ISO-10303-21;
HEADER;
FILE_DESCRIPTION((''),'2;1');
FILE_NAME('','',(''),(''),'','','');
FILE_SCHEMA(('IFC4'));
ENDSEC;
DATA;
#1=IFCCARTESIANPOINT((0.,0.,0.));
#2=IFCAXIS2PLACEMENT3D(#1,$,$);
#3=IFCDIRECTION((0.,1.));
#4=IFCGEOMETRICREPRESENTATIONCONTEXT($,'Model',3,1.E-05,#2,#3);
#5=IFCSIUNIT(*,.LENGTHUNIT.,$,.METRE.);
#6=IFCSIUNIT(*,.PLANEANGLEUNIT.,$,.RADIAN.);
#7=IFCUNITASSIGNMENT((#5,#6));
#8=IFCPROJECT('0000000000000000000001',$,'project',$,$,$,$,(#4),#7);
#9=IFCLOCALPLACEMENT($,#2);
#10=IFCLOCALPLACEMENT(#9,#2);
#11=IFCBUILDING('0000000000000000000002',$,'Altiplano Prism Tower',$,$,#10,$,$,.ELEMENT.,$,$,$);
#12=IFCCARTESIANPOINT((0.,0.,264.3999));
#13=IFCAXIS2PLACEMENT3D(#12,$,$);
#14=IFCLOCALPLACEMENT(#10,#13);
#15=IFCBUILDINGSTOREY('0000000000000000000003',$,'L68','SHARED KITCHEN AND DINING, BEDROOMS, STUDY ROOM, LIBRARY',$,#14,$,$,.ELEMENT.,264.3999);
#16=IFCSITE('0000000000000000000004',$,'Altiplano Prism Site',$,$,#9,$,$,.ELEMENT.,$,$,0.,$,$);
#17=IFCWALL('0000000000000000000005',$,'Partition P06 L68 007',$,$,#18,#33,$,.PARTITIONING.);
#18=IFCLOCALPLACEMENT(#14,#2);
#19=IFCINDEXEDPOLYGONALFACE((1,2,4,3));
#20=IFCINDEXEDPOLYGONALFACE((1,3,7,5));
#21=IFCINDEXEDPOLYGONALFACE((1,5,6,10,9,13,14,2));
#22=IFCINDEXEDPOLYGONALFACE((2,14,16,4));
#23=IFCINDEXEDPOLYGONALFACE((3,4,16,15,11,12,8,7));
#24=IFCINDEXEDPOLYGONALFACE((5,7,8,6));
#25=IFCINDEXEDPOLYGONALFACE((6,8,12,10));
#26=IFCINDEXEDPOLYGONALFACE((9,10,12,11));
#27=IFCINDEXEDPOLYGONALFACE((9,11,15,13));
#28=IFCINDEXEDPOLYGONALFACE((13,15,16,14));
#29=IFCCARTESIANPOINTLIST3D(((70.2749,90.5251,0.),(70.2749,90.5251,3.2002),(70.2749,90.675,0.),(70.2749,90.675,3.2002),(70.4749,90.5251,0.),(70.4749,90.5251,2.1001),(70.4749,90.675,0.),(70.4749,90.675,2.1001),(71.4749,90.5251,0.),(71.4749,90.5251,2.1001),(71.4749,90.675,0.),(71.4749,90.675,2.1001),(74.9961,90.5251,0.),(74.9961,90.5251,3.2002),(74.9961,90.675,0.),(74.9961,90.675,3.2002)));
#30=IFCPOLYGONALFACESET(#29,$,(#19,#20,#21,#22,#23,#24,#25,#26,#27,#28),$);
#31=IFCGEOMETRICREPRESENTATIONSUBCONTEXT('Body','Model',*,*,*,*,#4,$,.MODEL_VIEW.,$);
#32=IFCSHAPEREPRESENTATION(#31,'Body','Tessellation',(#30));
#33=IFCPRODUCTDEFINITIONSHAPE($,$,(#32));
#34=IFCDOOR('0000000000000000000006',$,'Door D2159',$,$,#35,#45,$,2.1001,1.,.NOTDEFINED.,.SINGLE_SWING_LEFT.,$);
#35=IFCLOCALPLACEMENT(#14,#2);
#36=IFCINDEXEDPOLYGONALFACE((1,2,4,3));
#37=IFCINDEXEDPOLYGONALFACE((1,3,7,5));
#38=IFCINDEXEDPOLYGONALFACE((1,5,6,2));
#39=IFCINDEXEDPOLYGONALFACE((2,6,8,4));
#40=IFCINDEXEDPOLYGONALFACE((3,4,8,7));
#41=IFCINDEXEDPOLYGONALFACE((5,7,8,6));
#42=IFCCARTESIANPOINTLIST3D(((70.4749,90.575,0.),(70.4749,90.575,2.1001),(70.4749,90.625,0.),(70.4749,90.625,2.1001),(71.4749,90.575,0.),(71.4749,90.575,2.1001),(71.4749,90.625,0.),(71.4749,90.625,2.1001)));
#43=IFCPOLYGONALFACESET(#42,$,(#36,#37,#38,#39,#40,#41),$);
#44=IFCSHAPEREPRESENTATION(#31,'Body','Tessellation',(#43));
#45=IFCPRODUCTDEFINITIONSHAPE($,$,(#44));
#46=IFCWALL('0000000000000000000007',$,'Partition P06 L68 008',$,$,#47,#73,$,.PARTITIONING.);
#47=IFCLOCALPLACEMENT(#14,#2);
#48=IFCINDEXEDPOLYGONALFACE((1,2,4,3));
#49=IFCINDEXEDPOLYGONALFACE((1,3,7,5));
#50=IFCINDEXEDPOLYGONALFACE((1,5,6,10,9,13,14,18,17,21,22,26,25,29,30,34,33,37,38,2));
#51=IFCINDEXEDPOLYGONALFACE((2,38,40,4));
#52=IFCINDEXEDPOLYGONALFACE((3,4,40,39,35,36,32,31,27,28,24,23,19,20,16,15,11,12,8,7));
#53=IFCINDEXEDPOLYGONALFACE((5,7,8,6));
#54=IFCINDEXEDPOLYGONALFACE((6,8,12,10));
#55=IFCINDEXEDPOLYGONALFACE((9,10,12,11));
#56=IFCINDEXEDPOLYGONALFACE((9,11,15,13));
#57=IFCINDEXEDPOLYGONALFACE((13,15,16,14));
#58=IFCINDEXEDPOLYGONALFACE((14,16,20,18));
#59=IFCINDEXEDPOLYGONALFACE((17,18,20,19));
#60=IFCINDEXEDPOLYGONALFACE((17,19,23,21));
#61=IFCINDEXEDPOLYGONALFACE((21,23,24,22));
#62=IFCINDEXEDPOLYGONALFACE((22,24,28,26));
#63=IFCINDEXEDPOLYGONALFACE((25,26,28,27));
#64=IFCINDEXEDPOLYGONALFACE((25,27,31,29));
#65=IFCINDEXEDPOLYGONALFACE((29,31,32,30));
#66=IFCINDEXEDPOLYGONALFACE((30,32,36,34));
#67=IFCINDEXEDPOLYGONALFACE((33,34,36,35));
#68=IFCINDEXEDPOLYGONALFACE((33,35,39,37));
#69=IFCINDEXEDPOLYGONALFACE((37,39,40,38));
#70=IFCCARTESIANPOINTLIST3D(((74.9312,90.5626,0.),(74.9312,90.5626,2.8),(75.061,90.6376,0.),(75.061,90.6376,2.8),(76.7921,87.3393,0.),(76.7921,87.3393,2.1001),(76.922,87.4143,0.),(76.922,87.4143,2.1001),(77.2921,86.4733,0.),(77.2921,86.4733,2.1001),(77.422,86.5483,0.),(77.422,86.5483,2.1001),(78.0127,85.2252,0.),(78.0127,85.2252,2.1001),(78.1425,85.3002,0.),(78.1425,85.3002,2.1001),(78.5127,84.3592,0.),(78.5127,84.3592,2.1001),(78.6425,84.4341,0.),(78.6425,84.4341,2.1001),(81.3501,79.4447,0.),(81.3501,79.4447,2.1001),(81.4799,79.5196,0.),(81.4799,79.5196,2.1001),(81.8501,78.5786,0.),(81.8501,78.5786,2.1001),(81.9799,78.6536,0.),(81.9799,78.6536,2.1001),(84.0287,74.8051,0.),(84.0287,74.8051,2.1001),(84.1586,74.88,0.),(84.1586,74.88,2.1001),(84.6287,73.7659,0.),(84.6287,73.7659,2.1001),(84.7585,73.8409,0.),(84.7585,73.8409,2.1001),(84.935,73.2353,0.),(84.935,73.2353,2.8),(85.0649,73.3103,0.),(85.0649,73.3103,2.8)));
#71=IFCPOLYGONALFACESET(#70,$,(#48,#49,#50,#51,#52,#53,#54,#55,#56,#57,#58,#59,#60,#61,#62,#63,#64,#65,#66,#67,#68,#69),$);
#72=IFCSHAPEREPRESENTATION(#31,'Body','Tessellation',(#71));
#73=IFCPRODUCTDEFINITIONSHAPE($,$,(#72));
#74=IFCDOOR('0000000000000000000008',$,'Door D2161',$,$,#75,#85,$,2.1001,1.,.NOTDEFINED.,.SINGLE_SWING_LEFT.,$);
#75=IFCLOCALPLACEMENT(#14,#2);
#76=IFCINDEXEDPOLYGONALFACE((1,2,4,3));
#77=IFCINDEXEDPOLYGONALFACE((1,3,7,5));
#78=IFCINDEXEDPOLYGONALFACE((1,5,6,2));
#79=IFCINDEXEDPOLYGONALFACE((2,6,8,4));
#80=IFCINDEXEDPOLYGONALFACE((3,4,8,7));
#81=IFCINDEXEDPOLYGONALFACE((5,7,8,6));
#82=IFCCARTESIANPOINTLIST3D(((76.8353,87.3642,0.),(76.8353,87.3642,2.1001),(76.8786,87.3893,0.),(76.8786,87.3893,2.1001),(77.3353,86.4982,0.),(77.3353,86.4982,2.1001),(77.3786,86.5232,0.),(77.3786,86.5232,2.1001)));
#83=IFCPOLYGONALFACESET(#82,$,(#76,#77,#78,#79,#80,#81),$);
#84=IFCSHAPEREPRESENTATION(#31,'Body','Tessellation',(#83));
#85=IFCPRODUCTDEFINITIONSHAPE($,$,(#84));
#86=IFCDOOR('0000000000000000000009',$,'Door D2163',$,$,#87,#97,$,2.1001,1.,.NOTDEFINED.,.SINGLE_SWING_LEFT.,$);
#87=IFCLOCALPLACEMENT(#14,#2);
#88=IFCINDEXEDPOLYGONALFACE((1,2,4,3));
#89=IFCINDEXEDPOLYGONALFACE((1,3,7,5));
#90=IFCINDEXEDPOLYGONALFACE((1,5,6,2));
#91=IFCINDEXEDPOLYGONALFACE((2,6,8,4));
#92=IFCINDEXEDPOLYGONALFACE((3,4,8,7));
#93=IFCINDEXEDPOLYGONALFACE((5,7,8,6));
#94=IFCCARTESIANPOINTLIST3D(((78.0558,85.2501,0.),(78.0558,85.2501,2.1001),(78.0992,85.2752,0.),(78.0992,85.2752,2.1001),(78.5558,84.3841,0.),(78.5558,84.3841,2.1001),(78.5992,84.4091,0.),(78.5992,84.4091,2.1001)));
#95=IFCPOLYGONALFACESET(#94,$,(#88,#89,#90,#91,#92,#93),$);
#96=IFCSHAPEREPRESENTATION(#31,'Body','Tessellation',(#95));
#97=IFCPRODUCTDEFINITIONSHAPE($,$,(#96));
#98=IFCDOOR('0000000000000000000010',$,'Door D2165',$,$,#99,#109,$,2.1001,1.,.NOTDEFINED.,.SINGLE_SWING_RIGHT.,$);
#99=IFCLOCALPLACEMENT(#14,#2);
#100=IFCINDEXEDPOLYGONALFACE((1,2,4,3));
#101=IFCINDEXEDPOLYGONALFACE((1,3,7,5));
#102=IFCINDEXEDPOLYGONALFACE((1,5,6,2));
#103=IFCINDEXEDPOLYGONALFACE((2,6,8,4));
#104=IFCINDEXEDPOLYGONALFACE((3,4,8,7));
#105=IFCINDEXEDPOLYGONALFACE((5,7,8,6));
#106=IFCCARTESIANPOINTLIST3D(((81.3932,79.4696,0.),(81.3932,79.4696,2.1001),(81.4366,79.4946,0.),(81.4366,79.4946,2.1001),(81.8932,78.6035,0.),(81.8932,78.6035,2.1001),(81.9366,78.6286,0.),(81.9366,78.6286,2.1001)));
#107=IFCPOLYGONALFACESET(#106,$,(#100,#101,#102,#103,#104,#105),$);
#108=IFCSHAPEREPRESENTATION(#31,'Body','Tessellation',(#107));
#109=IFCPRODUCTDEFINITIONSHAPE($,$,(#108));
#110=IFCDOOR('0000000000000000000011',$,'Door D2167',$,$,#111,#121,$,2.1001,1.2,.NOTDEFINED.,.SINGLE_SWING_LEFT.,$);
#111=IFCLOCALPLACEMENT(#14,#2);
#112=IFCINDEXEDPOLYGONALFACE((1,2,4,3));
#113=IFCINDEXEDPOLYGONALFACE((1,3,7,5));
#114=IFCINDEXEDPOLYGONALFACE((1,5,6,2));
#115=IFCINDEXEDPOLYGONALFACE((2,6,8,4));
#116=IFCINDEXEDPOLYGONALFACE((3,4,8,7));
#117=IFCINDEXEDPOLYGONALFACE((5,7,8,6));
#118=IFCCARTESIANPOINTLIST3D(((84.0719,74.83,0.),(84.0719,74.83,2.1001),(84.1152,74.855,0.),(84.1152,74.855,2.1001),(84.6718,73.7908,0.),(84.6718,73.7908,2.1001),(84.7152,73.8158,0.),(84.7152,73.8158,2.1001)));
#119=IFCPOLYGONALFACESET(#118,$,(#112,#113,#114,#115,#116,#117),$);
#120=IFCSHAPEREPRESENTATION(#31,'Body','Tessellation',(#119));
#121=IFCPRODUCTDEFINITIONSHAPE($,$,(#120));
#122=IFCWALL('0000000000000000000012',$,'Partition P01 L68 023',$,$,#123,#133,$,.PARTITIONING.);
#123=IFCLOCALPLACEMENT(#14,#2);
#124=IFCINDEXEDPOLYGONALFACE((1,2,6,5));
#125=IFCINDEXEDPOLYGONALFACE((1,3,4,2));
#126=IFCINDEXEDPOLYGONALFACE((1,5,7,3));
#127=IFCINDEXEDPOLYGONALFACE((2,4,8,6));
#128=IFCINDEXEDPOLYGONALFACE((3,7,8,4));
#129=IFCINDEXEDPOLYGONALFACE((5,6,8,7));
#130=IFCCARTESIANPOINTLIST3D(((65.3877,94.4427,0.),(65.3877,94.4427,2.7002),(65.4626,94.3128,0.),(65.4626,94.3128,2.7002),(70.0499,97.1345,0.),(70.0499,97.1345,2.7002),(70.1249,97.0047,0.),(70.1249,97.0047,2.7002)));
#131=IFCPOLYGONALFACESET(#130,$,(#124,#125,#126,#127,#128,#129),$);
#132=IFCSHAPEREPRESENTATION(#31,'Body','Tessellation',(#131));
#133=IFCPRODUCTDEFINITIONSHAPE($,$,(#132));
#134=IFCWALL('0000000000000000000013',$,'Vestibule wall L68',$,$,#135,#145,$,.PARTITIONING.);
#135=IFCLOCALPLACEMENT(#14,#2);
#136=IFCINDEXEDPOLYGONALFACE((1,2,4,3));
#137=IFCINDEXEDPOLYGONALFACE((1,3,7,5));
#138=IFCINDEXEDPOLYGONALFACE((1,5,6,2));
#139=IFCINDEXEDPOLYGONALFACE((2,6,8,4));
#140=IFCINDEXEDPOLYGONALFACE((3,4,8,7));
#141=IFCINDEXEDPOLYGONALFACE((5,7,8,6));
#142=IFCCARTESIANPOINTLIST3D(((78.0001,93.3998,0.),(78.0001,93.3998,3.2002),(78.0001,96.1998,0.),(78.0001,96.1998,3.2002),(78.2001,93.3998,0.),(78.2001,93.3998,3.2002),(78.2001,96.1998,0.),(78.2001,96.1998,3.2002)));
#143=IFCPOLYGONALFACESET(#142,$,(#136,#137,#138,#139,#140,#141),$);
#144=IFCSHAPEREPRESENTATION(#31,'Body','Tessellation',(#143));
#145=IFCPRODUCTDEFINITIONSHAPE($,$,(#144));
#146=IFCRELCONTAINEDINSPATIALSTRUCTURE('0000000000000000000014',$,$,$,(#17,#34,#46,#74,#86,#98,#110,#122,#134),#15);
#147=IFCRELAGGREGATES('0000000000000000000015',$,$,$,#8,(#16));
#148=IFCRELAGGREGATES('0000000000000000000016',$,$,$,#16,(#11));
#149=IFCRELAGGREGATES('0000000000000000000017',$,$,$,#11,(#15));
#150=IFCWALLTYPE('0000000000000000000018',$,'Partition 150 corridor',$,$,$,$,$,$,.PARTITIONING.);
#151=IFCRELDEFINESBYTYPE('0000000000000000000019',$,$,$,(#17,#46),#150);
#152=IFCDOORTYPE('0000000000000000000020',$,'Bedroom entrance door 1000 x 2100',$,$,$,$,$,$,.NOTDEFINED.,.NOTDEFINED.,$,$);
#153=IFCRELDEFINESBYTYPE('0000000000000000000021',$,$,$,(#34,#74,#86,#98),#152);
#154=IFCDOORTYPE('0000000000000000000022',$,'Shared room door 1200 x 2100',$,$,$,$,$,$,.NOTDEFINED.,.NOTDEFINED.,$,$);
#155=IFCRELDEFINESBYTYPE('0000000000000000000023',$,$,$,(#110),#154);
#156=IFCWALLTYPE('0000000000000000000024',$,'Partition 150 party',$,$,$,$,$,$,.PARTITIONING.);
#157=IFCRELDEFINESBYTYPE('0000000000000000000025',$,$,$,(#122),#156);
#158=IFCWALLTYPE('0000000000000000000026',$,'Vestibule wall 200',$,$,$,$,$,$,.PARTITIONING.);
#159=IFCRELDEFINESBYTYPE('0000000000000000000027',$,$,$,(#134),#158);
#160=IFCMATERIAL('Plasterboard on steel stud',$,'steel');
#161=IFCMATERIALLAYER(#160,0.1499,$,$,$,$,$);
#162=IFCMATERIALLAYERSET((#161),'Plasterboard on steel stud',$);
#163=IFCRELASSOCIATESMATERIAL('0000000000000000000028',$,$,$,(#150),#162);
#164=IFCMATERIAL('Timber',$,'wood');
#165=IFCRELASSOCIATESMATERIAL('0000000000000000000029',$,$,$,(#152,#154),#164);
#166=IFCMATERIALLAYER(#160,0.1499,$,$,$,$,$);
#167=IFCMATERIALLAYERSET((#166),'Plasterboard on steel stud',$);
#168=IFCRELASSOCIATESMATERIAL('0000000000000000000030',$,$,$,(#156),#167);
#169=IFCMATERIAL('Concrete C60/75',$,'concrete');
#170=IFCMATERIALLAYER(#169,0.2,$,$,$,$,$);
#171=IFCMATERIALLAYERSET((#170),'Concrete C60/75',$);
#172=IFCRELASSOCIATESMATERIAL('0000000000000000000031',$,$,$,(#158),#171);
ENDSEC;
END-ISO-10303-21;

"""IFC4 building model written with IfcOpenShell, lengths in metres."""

from ifc_helpers import new_model, si_unit, direction, frame, frame_2d, origin, place, context, subcontext, project, spatial, rectangle, extrude, material, layer, layer_set, type_object, element, fill, save


model = new_model("IFC4")

# Units and contexts
model_context = context("Model", 3, precision=1e-05, world=origin(), true_north=direction((0.0, 1.0)))
body_context = subcontext(model_context, "Body", "Model", "MODEL_VIEW")
ifc_project = project(units=[si_unit("LENGTHUNIT", "METRE"), si_unit("PLANEANGLEUNIT", "RADIAN")], contexts=[model_context])

# Site, building, storey
site_placement = place(None, origin())
site = spatial("IfcSite", under=ifc_project, at=site_placement, Name="Altiplano Prism Site", CompositionType="ELEMENT", RefElevation=0.0)
building_placement = place(site_placement, origin())
building = spatial("IfcBuilding", under=site, at=building_placement, Name="Altiplano Prism Tower", CompositionType="ELEMENT")
storey_placement = place(building_placement, frame((0.0, 0.0, 264.3999)))
storey = spatial("IfcBuildingStorey", under=building, at=storey_placement, Name="L68", Description="SHARED KITCHEN AND DINING, BEDROOMS, STUDY ROOM, LIBRARY", CompositionType="ELEMENT", Elevation=264.3999)

# Shared definitions
ifc_material_1 = material(Name="Concrete C60/75", Category="concrete")

# Wall, opening, door
ifc_material_2 = material(Name="Plasterboard on steel stud", Category="steel")
ifc_layer_1 = layer(ifc_material_2, 0.1499)
ifc_layer_set_1 = layer_set([ifc_layer_1], Name="Plasterboard on steel stud")
wall_type_1 = type_object("IfcWallType", Name="Partition 150 corridor", PredefinedType="PARTITIONING", material=ifc_layer_set_1)
wall_1_placement = place(storey_placement, frame((70.2749, 90.6001, 0.0), z_axis=(0.0, 0.0, 1.0), x_axis=(1.0, 0.0, 0.0)))
wall_1 = element("IfcWall", 1, at=wall_1_placement, inside=storey, type_object=wall_type_1, Name="Partition P06 L68 007", PredefinedType="PARTITIONING", context=body_context, shape_type="SweptSolid", body=[
    extrude(rectangle(XDim=4.7212, YDim=0.1499, at=frame_2d((2.3606, 0.0))), origin(), (0.0, 0.0, 1.0), 3.2002),
])
opening_1_placement = place(wall_1_placement, frame((0.2, 0.0, 0.0)))
opening_1 = element("IfcOpeningElement", 2, at=opening_1_placement, cuts=wall_1, PredefinedType="OPENING", context=body_context, shape_type="SweptSolid", body=[
    extrude(rectangle(XDim=1.0, YDim=2.1001, at=frame_2d((0.5, 1.05))), frame((0.0, 0.0854, 0.0), z_axis=(0.0, -1.0, 0.0), x_axis=(1.0, 0.0, 0.0)), (0.0, 0.0, 1.0), 0.1709),
])
ifc_material_3 = material(Name="Timber", Category="wood")
door_type_1 = type_object("IfcDoorType", Name="Bedroom entrance door 1000 x 2100", OperationType="NOTDEFINED", PredefinedType="NOTDEFINED", material=ifc_material_3)
door_1_placement = place(opening_1_placement, origin())
door_1 = element("IfcDoor", 3, at=door_1_placement, inside=storey, type_object=door_type_1, Name="Door D2159", OperationType="SINGLE_SWING_LEFT", OverallHeight=2.1001, OverallWidth=1.0, PredefinedType="NOTDEFINED", context=body_context, shape_type="SweptSolid", body=[
    extrude(rectangle(XDim=1.0, YDim=2.1001, at=frame_2d((0.5, 1.05))), frame((0.0, 0.0249, 0.0), z_axis=(0.0, -1.0, 0.0), x_axis=(1.0, 0.0, 0.0)), (0.0, 0.0, 1.0), 0.05),
])
fill(opening_1, door_1)

# Wall, openings, doors
wall_2_placement = place(storey_placement, frame((74.9961, 90.6001, 0.0), z_axis=(0.0, 0.0, 1.0), x_axis=(0.499997, -0.866027, 0.0)))
wall_2 = element("IfcWall", 4, at=wall_2_placement, inside=storey, type_object=wall_type_1, Name="Partition P06 L68 008", PredefinedType="PARTITIONING", context=body_context, shape_type="SweptSolid", body=[
    extrude(rectangle(XDim=20.0078, YDim=0.1499, at=frame_2d((10.0039, 0.0))), origin(), (0.0, 0.0, 1.0), 2.8),
])
opening_2_placement = place(wall_2_placement, frame((3.7219, 0.0, 0.0)))
opening_2 = element("IfcOpeningElement", 5, at=opening_2_placement, cuts=wall_2, PredefinedType="OPENING", context=body_context, shape_type="SweptSolid", body=[
    extrude(rectangle(XDim=1.0, YDim=2.1001, at=frame_2d((0.5, 1.05))), frame((0.0, 0.0854, 0.0), z_axis=(0.0, -1.0, 0.0), x_axis=(1.0, 0.0, 0.0)), (0.0, 0.0, 1.0), 0.1709),
])
opening_3_placement = place(wall_2_placement, frame((6.1631, 0.0, 0.0)))
opening_3 = element("IfcOpeningElement", 6, at=opening_3_placement, cuts=wall_2, PredefinedType="OPENING", context=body_context, shape_type="SweptSolid", body=[
    extrude(rectangle(XDim=1.0, YDim=2.1001, at=frame_2d((0.5, 1.05))), frame((0.0, 0.0854, 0.0), z_axis=(0.0, -1.0, 0.0), x_axis=(1.0, 0.0, 0.0)), (0.0, 0.0, 1.0), 0.1709),
])
opening_4_placement = place(wall_2_placement, frame((12.8379, 0.0, 0.0)))
opening_4 = element("IfcOpeningElement", 7, at=opening_4_placement, cuts=wall_2, PredefinedType="OPENING", context=body_context, shape_type="SweptSolid", body=[
    extrude(rectangle(XDim=1.0, YDim=2.1001, at=frame_2d((0.5, 1.05))), frame((0.0, 0.0854, 0.0), z_axis=(0.0, -1.0, 0.0), x_axis=(1.0, 0.0, 0.0)), (0.0, 0.0, 1.0), 0.1709),
])
opening_5_placement = place(wall_2_placement, frame((18.1951, 0.0, 0.0)))
opening_5 = element("IfcOpeningElement", 8, at=opening_5_placement, cuts=wall_2, PredefinedType="OPENING", context=body_context, shape_type="SweptSolid", body=[
    extrude(rectangle(XDim=1.2, YDim=2.1001, at=frame_2d((0.6001, 1.05))), frame((0.0, 0.0854, 0.0), z_axis=(0.0, -1.0, 0.0), x_axis=(1.0, 0.0, 0.0)), (0.0, 0.0, 1.0), 0.1709),
])
door_2_placement = place(opening_2_placement, origin())
door_2 = element("IfcDoor", 9, at=door_2_placement, inside=storey, type_object=door_type_1, Name="Door D2161", OperationType="SINGLE_SWING_LEFT", OverallHeight=2.1001, OverallWidth=1.0, PredefinedType="NOTDEFINED", context=body_context, shape_type="SweptSolid", body=[
    extrude(rectangle(XDim=1.0, YDim=2.1001, at=frame_2d((0.5, 1.05))), frame((0.0, 0.0249, 0.0), z_axis=(0.0, -1.0, 0.0), x_axis=(1.0, 0.0, 0.0)), (0.0, 0.0, 1.0), 0.05),
])
fill(opening_2, door_2)
door_3_placement = place(opening_3_placement, origin())
door_3 = element("IfcDoor", 10, at=door_3_placement, inside=storey, type_object=door_type_1, Name="Door D2163", OperationType="SINGLE_SWING_LEFT", OverallHeight=2.1001, OverallWidth=1.0, PredefinedType="NOTDEFINED", context=body_context, shape_type="SweptSolid", body=[
    extrude(rectangle(XDim=1.0, YDim=2.1001, at=frame_2d((0.5, 1.05))), frame((0.0, 0.0249, 0.0), z_axis=(0.0, -1.0, 0.0), x_axis=(1.0, 0.0, 0.0)), (0.0, 0.0, 1.0), 0.05),
])
fill(opening_3, door_3)
door_4_placement = place(opening_4_placement, origin())
door_4 = element("IfcDoor", 11, at=door_4_placement, inside=storey, type_object=door_type_1, Name="Door D2165", OperationType="SINGLE_SWING_RIGHT", OverallHeight=2.1001, OverallWidth=1.0, PredefinedType="NOTDEFINED", context=body_context, shape_type="SweptSolid", body=[
    extrude(rectangle(XDim=1.0, YDim=2.1001, at=frame_2d((0.5, 1.05))), frame((0.0, 0.0249, 0.0), z_axis=(0.0, -1.0, 0.0), x_axis=(1.0, 0.0, 0.0)), (0.0, 0.0, 1.0), 0.05),
])
fill(opening_4, door_4)
door_type_2 = type_object("IfcDoorType", Name="Shared room door 1200 x 2100", OperationType="NOTDEFINED", PredefinedType="NOTDEFINED", material=ifc_material_3)
door_5_placement = place(opening_5_placement, origin())
door_5 = element("IfcDoor", 12, at=door_5_placement, inside=storey, type_object=door_type_2, Name="Door D2167", OperationType="SINGLE_SWING_LEFT", OverallHeight=2.1001, OverallWidth=1.2, PredefinedType="NOTDEFINED", context=body_context, shape_type="SweptSolid", body=[
    extrude(rectangle(XDim=1.2, YDim=2.1001, at=frame_2d((0.6001, 1.05))), frame((0.0, 0.0249, 0.0), z_axis=(0.0, -1.0, 0.0), x_axis=(1.0, 0.0, 0.0)), (0.0, 0.0, 1.0), 0.05),
])
fill(opening_5, door_5)

# Walls
ifc_layer_2 = layer(ifc_material_2, 0.1499)
ifc_layer_set_2 = layer_set([ifc_layer_2], Name="Plasterboard on steel stud")
wall_type_2 = type_object("IfcWallType", Name="Partition 150 party", PredefinedType="PARTITIONING", material=ifc_layer_set_2)
wall_3_placement = place(storey_placement, frame((65.425, 94.3777, 0.0), z_axis=(0.0, 0.0, 1.0), x_axis=(0.866019, 0.500012, 0.0)))
element("IfcWall", 13, at=wall_3_placement, inside=storey, type_object=wall_type_2, Name="Partition P01 L68 023", PredefinedType="PARTITIONING", context=body_context, shape_type="SweptSolid", body=[
    extrude(rectangle(XDim=5.3835, YDim=0.1499, at=frame_2d((2.6919, 0.0))), origin(), (0.0, 0.0, 1.0), 2.7002),
])
ifc_layer_3 = layer(ifc_material_1, 0.2)
ifc_layer_set_3 = layer_set([ifc_layer_3], Name="Concrete C60/75")
wall_type_3 = type_object("IfcWallType", Name="Vestibule wall 200", PredefinedType="PARTITIONING", material=ifc_layer_set_3)
wall_4_placement = place(storey_placement, frame((78.1001, 93.3999, 0.0), z_axis=(0.0, 0.0, 1.0), x_axis=(0.0, 1.0, 0.0)))
element("IfcWall", 14, at=wall_4_placement, inside=storey, type_object=wall_type_3, Name="Vestibule wall L68", PredefinedType="PARTITIONING", context=body_context, shape_type="SweptSolid", body=[
    extrude(rectangle(XDim=2.8, YDim=0.2, at=frame_2d((1.3999, 0.0))), origin(), (0.0, 0.0, 1.0), 3.2002),
])

save(model, "model.ifc")
